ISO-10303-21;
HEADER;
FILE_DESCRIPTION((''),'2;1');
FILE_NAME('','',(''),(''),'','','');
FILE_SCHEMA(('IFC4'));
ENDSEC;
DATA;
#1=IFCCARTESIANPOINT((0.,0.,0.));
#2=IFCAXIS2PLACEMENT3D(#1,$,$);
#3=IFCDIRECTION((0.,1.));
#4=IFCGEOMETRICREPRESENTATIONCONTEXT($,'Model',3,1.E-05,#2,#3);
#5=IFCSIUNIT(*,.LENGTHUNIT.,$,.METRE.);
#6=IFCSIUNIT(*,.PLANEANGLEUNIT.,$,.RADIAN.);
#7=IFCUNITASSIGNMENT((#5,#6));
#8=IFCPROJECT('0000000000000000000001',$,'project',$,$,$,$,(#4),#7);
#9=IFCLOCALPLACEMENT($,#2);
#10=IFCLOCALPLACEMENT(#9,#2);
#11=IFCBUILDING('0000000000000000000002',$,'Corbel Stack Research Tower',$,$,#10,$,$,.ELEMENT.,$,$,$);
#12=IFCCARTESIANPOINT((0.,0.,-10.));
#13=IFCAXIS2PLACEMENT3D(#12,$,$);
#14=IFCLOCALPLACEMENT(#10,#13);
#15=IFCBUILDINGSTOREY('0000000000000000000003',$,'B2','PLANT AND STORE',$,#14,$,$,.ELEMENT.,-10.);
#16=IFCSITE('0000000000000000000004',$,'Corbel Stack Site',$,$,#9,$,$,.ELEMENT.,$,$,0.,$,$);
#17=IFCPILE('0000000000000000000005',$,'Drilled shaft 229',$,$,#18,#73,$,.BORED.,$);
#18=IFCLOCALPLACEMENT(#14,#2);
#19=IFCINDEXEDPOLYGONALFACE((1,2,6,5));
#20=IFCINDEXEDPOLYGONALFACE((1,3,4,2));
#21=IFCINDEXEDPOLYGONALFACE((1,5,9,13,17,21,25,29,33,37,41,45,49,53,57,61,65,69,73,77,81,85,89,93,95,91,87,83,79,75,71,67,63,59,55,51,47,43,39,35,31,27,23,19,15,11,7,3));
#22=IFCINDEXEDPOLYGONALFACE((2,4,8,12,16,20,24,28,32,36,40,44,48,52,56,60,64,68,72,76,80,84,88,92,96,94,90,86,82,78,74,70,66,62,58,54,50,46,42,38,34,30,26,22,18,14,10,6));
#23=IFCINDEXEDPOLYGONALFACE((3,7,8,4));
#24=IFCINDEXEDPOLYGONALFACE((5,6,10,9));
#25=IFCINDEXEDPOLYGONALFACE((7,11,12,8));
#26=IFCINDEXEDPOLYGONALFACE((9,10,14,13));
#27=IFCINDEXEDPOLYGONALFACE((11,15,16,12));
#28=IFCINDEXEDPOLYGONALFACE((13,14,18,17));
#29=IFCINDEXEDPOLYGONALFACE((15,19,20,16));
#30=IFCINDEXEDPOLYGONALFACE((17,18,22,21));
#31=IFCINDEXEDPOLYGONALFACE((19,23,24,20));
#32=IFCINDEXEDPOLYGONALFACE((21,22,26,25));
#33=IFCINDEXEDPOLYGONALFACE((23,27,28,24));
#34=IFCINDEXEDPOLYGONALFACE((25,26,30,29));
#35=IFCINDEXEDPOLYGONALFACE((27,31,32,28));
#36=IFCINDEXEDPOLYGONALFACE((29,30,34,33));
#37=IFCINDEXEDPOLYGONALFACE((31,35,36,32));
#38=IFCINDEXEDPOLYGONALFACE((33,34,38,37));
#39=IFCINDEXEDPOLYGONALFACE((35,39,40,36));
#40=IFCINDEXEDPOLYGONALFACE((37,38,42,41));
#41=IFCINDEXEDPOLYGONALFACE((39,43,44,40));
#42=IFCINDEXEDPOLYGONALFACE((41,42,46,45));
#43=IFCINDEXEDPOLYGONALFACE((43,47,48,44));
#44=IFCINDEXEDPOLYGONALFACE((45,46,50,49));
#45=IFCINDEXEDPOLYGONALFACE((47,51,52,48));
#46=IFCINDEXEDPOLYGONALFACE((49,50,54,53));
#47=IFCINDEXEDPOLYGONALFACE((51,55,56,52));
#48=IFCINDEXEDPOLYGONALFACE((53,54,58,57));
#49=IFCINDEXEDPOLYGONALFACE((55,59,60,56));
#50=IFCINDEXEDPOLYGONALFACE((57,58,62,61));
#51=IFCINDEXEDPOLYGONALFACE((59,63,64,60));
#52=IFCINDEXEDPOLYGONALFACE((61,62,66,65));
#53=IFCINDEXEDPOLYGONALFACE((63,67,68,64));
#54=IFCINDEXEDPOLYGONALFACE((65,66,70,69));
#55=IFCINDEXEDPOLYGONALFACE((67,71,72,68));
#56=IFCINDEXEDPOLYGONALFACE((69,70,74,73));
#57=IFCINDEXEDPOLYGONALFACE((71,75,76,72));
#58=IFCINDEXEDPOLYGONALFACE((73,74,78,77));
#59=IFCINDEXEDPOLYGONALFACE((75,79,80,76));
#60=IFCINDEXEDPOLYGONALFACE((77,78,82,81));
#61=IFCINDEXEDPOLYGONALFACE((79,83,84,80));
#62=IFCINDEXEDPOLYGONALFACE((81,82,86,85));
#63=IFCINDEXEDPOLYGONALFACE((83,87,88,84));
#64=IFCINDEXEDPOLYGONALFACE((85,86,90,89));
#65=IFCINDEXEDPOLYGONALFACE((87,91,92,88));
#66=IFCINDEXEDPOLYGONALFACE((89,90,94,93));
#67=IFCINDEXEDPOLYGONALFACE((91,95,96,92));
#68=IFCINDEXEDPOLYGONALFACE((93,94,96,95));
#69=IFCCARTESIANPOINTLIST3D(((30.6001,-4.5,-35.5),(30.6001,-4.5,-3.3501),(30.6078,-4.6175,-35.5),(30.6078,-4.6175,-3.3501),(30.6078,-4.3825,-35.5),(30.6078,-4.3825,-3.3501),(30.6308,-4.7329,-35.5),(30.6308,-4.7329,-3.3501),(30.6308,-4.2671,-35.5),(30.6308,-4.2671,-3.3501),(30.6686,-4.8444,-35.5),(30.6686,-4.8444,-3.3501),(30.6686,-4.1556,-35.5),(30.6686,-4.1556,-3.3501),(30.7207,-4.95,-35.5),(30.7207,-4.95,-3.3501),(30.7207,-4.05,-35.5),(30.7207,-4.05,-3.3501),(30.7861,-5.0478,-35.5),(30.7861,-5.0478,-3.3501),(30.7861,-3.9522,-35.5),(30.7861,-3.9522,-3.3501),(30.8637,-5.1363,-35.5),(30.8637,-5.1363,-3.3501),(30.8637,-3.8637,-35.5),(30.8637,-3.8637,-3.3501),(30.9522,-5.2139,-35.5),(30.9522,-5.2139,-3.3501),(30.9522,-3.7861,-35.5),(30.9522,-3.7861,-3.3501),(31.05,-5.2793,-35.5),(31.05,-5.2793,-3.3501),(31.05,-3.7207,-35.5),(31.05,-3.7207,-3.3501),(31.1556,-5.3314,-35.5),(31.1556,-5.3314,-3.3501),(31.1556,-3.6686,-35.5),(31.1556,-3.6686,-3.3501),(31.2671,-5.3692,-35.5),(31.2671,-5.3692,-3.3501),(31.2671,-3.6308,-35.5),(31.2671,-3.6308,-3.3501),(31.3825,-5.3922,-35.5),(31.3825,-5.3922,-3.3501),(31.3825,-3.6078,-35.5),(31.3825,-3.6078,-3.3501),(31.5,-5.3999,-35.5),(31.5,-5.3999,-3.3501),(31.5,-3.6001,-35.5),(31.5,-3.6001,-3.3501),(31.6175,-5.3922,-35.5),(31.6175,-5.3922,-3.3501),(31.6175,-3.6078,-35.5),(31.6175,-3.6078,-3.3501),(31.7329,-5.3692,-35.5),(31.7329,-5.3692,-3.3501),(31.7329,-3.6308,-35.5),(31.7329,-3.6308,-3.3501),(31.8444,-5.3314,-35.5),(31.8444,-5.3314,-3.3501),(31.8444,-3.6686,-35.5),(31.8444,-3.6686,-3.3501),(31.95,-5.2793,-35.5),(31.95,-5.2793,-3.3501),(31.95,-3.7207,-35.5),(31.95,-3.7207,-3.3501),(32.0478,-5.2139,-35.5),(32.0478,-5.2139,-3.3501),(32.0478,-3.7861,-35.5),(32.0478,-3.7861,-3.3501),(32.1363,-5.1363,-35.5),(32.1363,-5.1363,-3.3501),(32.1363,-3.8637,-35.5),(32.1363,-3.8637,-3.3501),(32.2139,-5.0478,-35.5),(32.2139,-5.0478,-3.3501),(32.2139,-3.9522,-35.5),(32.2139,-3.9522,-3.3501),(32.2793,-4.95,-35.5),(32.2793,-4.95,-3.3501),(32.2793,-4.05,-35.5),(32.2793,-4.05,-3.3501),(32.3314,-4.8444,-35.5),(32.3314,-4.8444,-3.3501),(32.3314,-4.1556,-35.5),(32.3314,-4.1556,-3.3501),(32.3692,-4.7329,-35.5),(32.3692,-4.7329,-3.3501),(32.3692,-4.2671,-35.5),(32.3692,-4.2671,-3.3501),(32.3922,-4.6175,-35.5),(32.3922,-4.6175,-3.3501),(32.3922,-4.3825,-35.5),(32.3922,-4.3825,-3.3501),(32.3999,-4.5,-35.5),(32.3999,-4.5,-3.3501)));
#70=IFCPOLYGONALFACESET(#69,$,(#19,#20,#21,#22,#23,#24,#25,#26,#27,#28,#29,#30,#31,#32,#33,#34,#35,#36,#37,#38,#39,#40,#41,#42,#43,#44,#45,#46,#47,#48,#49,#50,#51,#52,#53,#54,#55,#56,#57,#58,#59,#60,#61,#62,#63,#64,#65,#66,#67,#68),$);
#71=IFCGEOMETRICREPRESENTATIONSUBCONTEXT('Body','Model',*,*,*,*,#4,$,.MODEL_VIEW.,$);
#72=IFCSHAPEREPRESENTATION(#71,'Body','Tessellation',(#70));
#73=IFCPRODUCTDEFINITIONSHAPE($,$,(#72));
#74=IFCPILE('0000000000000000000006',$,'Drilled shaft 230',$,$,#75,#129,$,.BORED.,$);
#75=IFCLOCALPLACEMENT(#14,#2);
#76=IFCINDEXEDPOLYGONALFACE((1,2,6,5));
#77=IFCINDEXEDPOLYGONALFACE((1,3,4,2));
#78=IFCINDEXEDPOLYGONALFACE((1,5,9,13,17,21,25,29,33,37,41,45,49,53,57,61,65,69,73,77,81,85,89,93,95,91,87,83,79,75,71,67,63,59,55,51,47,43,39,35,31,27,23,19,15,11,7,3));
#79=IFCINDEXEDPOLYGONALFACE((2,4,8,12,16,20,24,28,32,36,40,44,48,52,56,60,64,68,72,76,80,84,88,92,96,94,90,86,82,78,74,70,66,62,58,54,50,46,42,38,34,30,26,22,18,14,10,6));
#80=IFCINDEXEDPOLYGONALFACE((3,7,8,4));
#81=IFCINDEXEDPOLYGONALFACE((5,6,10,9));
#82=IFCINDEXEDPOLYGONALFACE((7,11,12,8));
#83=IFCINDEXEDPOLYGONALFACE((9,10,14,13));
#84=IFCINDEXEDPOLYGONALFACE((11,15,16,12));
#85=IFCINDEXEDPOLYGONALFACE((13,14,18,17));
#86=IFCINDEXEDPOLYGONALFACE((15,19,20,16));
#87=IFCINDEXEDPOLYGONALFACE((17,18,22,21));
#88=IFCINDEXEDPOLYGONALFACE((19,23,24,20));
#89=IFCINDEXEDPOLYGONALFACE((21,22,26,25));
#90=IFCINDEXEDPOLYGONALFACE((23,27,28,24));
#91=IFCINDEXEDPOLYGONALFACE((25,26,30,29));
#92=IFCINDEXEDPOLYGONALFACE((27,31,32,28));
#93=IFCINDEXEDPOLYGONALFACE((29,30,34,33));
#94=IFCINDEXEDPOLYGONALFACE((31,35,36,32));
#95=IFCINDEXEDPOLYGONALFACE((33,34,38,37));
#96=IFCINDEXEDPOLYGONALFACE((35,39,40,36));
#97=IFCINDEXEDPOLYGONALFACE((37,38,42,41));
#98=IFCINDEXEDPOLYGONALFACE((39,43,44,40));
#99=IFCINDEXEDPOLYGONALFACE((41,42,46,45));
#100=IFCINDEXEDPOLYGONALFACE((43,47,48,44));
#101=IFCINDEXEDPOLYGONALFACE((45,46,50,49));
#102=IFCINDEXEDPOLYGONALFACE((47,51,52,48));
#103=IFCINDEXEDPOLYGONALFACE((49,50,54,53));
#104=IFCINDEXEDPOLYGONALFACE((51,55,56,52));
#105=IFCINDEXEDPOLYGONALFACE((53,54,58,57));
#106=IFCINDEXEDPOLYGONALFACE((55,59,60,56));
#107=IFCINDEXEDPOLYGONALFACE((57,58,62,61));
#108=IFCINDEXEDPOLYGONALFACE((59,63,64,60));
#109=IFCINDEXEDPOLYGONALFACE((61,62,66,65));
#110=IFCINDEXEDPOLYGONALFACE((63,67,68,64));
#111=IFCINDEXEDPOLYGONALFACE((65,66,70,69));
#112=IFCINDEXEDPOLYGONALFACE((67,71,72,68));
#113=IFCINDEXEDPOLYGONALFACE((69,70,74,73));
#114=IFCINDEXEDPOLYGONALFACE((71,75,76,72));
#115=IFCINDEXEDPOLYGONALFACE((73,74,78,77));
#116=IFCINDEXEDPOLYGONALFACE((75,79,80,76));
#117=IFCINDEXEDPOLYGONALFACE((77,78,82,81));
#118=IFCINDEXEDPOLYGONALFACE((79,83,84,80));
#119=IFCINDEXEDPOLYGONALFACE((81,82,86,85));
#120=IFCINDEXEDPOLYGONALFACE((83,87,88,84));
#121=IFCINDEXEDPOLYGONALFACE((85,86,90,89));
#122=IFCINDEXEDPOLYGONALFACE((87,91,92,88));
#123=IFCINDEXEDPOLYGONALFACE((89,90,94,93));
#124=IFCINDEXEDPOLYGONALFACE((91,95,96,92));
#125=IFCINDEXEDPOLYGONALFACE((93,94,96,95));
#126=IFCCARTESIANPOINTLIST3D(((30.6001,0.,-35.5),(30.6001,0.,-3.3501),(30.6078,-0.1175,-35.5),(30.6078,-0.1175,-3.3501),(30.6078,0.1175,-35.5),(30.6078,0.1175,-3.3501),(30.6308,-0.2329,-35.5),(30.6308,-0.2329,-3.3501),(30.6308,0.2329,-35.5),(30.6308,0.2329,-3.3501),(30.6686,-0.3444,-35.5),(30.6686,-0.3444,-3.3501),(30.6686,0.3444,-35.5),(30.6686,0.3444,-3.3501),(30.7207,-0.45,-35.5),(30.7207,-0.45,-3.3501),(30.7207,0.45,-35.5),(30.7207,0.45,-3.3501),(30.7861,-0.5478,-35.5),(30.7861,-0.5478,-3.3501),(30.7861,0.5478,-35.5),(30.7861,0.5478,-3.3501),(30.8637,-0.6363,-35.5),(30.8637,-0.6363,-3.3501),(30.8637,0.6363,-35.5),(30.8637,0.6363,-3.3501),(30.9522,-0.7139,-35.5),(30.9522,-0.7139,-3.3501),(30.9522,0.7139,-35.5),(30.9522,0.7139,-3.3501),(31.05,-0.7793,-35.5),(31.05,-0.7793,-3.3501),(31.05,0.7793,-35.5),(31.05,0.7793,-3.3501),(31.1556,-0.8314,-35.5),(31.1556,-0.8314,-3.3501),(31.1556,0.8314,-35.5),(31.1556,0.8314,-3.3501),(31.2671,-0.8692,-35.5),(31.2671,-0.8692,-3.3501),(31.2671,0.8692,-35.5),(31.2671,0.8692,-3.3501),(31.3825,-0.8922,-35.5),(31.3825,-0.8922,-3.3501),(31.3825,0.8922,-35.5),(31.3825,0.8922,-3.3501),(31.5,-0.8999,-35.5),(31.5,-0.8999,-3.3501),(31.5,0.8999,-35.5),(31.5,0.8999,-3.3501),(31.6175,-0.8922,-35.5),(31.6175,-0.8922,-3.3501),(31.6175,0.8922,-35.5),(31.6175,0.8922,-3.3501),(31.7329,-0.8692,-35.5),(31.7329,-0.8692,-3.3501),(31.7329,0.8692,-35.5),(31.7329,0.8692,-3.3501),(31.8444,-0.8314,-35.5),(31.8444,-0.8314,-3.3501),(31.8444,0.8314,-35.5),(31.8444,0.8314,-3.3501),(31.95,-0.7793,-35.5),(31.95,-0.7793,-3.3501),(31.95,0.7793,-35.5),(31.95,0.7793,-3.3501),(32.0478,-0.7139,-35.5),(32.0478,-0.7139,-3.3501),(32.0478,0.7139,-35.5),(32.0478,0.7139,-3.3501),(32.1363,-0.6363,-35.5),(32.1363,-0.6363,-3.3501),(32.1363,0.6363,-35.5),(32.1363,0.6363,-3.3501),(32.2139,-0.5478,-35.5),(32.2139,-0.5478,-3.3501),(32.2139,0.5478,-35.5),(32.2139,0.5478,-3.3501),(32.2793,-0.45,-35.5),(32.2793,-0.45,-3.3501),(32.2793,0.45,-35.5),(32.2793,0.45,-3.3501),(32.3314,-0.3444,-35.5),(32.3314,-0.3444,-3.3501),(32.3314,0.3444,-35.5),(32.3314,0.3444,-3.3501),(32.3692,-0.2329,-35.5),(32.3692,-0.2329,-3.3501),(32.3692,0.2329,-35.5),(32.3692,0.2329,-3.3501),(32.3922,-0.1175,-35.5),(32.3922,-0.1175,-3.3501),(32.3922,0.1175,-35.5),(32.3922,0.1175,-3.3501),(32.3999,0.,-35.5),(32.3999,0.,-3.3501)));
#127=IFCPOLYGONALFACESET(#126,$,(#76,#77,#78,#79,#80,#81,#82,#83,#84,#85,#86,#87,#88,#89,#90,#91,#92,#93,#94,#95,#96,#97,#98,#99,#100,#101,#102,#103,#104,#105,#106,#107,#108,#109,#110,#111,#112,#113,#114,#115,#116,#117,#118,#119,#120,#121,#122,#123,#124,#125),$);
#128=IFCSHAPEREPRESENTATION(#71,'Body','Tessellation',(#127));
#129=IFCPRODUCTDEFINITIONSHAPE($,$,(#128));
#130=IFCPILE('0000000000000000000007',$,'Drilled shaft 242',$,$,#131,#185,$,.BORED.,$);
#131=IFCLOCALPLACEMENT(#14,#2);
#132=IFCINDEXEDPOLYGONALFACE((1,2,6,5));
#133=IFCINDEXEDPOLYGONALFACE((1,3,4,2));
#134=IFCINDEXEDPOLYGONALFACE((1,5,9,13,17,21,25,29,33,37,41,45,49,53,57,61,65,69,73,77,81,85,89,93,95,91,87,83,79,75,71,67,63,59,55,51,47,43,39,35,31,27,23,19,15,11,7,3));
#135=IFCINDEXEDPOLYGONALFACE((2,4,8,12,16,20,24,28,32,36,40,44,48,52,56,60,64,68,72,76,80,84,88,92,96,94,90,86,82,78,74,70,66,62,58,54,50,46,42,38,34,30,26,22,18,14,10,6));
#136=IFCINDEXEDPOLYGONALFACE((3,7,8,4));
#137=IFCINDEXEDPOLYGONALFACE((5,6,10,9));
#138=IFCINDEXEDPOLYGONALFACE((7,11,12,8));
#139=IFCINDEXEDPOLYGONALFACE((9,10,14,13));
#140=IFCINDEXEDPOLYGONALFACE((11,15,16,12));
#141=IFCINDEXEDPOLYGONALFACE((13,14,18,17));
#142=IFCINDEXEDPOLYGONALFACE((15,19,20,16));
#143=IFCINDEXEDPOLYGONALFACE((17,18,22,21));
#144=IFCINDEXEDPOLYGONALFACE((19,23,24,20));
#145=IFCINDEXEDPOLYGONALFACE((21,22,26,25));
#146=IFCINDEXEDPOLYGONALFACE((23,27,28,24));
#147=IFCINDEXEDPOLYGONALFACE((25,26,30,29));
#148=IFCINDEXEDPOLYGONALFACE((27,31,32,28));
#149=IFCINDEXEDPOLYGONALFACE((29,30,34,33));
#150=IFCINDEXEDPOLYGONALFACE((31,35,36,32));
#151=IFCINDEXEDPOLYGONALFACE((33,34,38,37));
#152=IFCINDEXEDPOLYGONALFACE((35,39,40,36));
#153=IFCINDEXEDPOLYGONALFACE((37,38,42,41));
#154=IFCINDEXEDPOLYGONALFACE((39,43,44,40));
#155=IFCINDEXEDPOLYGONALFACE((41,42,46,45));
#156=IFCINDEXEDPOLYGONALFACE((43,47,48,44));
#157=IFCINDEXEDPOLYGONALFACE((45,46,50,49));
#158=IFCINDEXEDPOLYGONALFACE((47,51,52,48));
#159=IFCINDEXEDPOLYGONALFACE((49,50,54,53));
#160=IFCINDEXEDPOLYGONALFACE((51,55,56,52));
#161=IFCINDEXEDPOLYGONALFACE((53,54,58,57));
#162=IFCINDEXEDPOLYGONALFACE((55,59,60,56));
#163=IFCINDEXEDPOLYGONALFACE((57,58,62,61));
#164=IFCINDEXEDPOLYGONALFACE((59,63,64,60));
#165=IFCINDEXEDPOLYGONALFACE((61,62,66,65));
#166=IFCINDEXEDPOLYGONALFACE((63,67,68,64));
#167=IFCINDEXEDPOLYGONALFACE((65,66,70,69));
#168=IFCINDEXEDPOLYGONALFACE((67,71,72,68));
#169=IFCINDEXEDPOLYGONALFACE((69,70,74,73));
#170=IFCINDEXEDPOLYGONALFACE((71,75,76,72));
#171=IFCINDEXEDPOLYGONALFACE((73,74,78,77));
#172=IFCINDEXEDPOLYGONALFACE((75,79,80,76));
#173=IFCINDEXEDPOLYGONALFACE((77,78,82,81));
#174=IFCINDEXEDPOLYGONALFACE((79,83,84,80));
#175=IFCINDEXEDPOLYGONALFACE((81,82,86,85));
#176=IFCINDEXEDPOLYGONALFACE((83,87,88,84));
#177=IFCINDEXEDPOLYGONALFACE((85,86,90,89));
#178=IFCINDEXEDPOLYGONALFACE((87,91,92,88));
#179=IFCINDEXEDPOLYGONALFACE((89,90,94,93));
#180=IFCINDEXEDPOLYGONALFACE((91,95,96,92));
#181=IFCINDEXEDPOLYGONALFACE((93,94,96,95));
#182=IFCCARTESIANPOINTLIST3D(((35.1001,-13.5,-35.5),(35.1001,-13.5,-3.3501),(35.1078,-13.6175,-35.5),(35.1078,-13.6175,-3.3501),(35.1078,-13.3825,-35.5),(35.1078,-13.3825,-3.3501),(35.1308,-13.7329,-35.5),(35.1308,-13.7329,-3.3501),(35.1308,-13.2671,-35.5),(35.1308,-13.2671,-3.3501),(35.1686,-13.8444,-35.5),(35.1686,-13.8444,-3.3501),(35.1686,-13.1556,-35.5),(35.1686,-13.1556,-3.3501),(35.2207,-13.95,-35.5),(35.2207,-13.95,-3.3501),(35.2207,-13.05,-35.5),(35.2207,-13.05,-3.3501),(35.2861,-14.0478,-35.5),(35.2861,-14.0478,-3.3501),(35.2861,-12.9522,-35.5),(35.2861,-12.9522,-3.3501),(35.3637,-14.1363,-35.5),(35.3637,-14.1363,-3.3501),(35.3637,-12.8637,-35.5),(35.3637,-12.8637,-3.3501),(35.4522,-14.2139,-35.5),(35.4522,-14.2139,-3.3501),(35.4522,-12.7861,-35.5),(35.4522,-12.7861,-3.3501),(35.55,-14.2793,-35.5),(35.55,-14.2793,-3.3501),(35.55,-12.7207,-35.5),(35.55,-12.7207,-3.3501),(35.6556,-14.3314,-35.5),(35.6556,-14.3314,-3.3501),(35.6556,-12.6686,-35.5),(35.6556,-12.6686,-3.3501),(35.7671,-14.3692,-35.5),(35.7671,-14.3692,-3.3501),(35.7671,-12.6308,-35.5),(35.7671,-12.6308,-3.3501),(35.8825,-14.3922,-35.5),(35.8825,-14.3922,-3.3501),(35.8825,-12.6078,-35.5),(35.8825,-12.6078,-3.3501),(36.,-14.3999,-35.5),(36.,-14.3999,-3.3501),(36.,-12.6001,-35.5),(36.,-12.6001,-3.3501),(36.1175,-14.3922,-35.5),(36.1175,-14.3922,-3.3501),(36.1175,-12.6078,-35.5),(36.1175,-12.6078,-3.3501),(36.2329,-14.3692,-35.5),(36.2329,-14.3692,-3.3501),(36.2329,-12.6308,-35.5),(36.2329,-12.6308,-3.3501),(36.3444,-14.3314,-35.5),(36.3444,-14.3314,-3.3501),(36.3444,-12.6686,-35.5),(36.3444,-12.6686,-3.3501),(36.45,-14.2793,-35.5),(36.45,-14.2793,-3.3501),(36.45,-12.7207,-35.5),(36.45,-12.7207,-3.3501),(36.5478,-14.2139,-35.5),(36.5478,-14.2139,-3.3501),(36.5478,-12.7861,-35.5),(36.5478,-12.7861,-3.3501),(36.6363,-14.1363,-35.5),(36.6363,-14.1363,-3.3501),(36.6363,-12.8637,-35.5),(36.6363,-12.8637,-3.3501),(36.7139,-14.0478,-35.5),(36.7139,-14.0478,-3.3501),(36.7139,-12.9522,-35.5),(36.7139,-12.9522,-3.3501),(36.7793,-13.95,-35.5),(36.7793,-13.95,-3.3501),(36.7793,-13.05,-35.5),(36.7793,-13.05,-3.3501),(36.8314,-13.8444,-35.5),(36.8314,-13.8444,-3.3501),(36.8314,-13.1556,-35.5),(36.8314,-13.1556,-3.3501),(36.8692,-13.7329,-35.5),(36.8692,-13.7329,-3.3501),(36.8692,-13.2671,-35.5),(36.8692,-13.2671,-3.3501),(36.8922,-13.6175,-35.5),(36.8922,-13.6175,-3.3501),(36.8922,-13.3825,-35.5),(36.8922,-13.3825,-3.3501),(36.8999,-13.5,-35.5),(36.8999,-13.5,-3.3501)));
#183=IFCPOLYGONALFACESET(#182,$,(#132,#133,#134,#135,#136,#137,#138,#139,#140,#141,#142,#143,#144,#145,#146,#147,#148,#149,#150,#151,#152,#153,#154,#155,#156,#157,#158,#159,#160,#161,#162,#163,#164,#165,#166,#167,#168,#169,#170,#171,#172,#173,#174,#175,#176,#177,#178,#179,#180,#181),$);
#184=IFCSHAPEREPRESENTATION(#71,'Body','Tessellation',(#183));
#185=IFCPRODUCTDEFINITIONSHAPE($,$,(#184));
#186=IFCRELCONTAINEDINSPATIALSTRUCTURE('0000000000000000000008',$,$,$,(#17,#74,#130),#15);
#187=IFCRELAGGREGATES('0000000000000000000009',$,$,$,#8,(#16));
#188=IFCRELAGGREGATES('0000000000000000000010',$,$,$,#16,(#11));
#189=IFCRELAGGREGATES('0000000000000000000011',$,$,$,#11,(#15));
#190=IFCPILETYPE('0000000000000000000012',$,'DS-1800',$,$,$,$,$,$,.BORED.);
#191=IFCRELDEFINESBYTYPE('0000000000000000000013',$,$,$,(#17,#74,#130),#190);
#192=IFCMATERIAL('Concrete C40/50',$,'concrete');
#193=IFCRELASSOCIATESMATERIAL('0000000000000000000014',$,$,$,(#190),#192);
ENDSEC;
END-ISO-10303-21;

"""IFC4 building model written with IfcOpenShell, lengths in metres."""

from ifc_helpers import new_model, si_unit, direction, frame, origin, origin_2d, place, context, subcontext, project, spatial, circle, extrude, material, material_profile, profile_set, type_object, element, save


model = new_model("IFC4")

# Units and contexts
model_context = context("Model", 3, precision=1e-05, world=origin(), true_north=direction((0.0, 1.0)))
body_context = subcontext(model_context, "Body", "Model", "MODEL_VIEW")
ifc_project = project(units=[si_unit("LENGTHUNIT", "METRE"), si_unit("PLANEANGLEUNIT", "RADIAN")], contexts=[model_context])

# Site, building, storey
site_placement = place(None, origin())
site = spatial("IfcSite", under=ifc_project, at=site_placement, Name="Corbel Stack Site", CompositionType="ELEMENT", RefElevation=0.0)
building_placement = place(site_placement, origin())
building = spatial("IfcBuilding", under=site, at=building_placement, Name="Corbel Stack Research Tower", CompositionType="ELEMENT")
storey_placement = place(building_placement, frame((0.0, 0.0, -10.0)))
storey = spatial("IfcBuildingStorey", under=building, at=storey_placement, Name="B2", Description="PLANT AND STORE", CompositionType="ELEMENT", Elevation=-10.0)

# Piles
ifc_material_1 = material(Name="Concrete C40/50", Category="concrete")
ifc_material_profile_1 = material_profile(ifc_material_1, circle(Radius=0.8999, at=origin_2d()), Name="Shaft 1800")
ifc_profile_set_1 = profile_set([ifc_material_profile_1], Name="Concrete C40/50")
pile_type = type_object("IfcPileType", Name="DS-1800", PredefinedType="BORED", material=ifc_profile_set_1)
for number, where, z_axis, x_axis, name in (
    (1, (31.5, -4.5, -3.3501), (0.0, 0.0, -1.0), (1.0, 0.0, 0.0), "Drilled shaft 229"),
    (2, (31.5, 0.0, -3.3501), (0.0, 0.0, -1.0), (1.0, 0.0, 0.0), "Drilled shaft 230"),
    (3, (36.0, -13.5, -3.3501), (0.0, 0.0, -1.0), (1.0, 0.0, 0.0), "Drilled shaft 242"),
):
    element("IfcPile", number, at=place(storey_placement, frame(where, z_axis=z_axis, x_axis=x_axis)), inside=storey, type_object=pile_type, Name=name, PredefinedType="BORED", context=body_context, shape_type="SweptSolid", body=[
        extrude(circle(Radius=0.8999, at=origin_2d()), origin(), (0.0, 0.0, 1.0), 32.1499),
    ])

save(model, "model.ifc")
